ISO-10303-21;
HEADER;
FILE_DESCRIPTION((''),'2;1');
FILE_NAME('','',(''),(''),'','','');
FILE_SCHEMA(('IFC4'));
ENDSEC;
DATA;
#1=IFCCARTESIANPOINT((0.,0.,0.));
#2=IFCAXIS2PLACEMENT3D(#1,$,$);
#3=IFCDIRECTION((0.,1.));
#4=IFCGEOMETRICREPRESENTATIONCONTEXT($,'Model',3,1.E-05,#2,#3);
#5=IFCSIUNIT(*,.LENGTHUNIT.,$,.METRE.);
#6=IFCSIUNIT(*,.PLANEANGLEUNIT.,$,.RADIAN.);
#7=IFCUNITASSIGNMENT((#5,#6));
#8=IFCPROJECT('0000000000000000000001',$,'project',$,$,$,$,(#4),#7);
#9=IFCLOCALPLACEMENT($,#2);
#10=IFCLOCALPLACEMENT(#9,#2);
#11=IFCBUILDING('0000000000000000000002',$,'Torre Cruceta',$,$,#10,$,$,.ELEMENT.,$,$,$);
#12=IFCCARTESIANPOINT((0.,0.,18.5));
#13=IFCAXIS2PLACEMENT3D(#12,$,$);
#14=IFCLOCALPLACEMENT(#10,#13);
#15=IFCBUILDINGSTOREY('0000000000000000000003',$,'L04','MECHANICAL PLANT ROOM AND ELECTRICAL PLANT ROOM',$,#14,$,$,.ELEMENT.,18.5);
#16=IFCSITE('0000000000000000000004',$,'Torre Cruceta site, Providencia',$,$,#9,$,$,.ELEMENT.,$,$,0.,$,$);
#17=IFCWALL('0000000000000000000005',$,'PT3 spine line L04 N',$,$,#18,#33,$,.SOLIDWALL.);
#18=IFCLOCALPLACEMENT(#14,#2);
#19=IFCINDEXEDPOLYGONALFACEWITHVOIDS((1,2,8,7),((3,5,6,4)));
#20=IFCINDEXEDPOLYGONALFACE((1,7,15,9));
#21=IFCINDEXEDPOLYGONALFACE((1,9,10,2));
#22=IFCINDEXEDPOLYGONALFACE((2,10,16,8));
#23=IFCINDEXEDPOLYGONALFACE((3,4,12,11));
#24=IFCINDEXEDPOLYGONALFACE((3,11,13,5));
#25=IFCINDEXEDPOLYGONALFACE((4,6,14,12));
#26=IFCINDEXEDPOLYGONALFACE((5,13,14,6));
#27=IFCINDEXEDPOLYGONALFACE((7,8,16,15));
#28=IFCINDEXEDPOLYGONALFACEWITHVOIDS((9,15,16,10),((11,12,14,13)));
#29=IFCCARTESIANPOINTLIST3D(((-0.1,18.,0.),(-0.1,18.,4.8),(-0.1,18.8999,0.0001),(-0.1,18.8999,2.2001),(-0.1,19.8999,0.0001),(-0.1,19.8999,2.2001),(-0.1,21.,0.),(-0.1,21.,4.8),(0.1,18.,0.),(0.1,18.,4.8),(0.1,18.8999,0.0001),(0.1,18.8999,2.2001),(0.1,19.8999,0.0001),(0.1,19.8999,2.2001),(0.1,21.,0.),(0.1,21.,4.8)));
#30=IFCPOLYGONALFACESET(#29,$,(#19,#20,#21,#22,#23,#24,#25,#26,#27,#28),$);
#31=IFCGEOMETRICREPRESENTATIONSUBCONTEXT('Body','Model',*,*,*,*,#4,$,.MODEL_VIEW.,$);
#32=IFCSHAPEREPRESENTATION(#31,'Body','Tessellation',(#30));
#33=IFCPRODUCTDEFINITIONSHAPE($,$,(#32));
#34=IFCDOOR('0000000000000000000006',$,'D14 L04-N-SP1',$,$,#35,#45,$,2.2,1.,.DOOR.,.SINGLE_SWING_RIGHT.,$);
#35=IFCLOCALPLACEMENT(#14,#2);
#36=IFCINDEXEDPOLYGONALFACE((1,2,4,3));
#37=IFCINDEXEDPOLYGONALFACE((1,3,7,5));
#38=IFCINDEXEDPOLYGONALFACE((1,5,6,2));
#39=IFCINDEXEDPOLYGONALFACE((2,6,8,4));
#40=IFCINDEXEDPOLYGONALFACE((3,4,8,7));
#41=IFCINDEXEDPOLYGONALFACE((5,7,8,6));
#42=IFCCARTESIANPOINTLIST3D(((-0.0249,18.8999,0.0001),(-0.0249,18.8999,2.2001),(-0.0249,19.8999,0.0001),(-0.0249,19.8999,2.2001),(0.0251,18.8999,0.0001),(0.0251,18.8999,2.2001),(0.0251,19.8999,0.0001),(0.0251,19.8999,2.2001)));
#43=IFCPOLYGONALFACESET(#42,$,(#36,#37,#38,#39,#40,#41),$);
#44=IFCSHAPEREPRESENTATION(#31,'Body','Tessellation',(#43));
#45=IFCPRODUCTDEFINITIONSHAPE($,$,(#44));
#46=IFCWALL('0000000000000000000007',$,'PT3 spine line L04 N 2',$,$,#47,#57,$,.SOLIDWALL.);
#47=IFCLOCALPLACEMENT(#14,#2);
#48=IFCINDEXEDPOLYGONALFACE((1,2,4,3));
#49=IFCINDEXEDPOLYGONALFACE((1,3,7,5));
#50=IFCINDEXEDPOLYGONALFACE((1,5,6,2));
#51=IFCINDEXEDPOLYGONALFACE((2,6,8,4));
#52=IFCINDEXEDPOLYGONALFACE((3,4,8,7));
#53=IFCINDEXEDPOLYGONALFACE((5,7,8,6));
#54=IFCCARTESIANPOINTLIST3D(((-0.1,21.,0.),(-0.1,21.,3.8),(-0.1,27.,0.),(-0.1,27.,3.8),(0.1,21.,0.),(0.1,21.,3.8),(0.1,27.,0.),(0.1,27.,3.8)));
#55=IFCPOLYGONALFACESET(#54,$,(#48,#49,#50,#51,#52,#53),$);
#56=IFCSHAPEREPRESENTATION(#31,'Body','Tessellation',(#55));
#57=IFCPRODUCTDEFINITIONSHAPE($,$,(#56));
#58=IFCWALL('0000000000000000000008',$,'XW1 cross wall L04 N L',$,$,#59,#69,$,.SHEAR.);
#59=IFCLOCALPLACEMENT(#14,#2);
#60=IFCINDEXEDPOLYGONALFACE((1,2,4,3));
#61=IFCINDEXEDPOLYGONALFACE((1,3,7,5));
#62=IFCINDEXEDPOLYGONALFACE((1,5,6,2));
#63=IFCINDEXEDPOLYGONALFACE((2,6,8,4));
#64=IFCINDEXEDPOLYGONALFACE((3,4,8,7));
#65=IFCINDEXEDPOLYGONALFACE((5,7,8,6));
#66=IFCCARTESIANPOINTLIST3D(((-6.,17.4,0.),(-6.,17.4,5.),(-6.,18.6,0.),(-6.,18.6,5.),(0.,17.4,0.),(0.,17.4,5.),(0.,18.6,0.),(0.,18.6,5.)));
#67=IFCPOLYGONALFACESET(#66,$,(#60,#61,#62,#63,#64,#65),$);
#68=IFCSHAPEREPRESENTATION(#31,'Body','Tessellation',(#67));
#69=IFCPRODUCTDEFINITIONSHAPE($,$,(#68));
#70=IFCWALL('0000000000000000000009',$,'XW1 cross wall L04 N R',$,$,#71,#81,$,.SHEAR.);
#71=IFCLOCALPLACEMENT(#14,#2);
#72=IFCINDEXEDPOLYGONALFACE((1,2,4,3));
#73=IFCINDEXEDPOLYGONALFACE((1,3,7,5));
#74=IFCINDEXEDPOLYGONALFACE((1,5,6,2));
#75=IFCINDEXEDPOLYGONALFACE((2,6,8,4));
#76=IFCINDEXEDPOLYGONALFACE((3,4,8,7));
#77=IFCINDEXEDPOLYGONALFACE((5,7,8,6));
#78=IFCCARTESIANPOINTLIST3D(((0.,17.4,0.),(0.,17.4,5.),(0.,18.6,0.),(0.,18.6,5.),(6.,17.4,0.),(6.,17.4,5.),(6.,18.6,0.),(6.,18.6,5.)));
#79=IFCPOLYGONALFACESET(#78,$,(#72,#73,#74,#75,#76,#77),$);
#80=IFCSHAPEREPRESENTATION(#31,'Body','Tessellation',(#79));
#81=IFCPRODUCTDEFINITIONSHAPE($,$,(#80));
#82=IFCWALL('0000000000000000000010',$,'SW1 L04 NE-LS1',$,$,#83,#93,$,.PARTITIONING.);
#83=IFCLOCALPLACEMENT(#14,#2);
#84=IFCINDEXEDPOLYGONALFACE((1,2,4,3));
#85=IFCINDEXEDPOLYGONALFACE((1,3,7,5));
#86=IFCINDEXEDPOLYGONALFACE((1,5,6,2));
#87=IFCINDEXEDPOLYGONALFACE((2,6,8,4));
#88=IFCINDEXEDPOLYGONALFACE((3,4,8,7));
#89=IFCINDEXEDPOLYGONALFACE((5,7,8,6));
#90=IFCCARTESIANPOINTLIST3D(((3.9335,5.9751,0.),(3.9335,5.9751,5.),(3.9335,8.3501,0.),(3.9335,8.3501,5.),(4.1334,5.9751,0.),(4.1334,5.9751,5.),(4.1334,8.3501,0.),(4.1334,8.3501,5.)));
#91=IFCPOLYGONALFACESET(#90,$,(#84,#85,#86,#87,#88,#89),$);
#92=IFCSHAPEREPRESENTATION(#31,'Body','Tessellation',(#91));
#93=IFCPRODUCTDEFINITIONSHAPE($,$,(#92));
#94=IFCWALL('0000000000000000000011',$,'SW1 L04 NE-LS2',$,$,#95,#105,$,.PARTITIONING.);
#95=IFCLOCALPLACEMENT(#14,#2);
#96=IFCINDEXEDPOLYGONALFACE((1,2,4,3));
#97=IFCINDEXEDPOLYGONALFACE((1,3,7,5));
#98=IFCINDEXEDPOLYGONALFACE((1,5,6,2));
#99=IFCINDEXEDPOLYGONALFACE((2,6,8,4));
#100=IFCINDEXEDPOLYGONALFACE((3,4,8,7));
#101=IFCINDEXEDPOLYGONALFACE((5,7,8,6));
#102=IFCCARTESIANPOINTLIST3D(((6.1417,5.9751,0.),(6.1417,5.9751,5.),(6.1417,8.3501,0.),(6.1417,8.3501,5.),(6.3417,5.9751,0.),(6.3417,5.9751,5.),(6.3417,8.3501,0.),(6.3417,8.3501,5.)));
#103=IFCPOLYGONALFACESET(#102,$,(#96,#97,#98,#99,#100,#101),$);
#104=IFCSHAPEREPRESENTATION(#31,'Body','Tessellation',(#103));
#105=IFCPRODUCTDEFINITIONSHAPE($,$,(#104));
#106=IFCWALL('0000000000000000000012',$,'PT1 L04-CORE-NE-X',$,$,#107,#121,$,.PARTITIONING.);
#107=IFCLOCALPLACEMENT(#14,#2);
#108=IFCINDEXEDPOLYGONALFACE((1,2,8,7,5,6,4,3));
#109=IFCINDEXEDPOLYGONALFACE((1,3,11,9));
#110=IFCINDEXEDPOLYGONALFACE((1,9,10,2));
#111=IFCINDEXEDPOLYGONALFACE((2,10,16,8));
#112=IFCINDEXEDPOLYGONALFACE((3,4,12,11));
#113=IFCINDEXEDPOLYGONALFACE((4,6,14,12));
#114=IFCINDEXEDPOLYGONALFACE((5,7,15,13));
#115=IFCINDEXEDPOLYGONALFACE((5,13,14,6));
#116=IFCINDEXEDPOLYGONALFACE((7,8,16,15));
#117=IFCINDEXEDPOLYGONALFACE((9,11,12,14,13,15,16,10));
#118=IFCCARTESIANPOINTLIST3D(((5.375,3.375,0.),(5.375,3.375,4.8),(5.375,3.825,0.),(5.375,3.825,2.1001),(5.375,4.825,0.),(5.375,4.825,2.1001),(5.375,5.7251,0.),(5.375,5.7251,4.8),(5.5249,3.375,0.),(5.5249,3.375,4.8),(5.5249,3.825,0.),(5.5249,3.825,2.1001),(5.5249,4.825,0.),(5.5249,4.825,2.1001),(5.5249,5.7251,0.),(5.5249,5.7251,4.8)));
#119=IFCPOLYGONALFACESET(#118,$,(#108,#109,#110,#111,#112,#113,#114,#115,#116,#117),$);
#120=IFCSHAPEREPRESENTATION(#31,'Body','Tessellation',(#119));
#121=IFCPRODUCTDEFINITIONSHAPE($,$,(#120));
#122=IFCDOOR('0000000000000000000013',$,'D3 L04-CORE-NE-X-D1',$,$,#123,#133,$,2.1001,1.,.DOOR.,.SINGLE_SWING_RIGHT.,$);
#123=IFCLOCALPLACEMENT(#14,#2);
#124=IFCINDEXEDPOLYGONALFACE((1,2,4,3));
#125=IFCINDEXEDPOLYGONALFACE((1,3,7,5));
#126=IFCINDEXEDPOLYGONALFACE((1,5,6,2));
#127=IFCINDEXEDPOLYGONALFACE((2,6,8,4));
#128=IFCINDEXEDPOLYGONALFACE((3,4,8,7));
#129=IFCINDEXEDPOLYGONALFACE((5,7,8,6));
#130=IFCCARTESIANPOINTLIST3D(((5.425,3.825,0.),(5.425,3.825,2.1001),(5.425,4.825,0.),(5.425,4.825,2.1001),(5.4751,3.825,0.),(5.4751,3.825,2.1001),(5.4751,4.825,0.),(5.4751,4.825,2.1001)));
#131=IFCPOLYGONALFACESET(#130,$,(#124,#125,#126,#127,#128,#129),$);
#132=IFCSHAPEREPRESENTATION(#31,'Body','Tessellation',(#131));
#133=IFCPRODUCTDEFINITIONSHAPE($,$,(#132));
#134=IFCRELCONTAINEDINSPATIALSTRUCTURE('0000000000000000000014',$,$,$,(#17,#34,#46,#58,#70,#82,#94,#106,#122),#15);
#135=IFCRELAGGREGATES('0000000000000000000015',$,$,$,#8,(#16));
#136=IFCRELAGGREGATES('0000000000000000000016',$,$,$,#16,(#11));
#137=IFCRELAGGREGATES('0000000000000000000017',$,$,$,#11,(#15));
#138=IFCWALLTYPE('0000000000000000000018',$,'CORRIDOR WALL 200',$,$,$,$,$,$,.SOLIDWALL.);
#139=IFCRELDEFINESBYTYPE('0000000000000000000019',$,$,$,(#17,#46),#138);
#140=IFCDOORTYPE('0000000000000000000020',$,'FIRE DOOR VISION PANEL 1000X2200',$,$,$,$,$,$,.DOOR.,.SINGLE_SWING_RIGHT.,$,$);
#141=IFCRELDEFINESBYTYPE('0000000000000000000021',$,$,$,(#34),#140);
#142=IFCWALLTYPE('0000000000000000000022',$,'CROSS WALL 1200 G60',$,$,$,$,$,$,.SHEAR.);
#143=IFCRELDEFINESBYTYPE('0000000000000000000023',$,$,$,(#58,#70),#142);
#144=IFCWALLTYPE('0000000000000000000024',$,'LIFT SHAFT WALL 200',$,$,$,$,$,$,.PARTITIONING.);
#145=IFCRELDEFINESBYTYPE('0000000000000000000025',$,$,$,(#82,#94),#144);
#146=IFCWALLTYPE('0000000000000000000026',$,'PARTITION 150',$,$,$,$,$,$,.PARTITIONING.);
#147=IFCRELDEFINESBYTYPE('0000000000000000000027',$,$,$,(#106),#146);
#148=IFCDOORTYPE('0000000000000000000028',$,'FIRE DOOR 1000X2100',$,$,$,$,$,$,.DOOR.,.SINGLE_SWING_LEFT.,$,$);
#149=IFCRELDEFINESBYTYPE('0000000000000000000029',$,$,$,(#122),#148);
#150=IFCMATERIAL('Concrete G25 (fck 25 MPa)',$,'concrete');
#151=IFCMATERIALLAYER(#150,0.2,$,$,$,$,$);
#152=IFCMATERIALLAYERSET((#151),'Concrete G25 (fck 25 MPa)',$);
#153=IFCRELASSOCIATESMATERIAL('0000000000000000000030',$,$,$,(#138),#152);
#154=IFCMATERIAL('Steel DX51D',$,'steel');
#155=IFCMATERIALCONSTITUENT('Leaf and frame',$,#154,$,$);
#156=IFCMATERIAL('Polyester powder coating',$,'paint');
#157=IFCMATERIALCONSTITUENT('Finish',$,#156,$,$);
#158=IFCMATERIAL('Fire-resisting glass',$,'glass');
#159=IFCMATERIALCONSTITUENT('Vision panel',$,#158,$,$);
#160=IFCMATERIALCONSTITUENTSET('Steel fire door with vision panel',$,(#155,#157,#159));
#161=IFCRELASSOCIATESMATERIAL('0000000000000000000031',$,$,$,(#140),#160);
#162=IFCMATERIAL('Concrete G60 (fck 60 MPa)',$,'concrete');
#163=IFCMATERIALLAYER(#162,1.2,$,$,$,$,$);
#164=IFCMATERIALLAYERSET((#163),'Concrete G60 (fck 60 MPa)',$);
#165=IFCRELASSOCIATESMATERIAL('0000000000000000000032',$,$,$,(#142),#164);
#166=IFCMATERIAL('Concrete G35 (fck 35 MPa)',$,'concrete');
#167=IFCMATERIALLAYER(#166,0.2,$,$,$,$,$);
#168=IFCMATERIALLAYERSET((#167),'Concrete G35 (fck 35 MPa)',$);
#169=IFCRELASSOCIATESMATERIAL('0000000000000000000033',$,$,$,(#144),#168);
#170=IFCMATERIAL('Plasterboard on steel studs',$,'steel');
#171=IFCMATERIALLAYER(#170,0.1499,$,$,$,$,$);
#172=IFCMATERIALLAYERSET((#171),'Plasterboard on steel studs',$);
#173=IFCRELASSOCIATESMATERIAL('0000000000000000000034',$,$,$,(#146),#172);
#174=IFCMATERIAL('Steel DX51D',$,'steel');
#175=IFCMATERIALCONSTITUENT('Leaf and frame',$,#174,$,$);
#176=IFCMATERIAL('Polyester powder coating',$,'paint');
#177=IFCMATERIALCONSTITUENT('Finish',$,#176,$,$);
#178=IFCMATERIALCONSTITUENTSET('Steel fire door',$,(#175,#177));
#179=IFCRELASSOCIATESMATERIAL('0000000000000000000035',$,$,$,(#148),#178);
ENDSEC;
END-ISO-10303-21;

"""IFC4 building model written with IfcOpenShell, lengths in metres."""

from ifc_helpers import new_model, si_unit, direction, frame, frame_2d, origin, place, context, subcontext, project, spatial, rectangle, extrude, material, layer, layer_set, constituent, constituent_set, type_object, element, fill, save


model = new_model("IFC4")

# Units and contexts
model_context = context("Model", 3, precision=1e-05, world=origin(), true_north=direction((0.0, 1.0)))
body_context = subcontext(model_context, "Body", "Model", "MODEL_VIEW")
ifc_project = project(units=[si_unit("LENGTHUNIT", "METRE"), si_unit("PLANEANGLEUNIT", "RADIAN")], contexts=[model_context])

# Site, building, storey
site_placement = place(None, origin())
site = spatial("IfcSite", under=ifc_project, at=site_placement, Name="Torre Cruceta site, Providencia", CompositionType="ELEMENT", RefElevation=0.0)
building_placement = place(site_placement, origin())
building = spatial("IfcBuilding", under=site, at=building_placement, Name="Torre Cruceta", CompositionType="ELEMENT")
storey_placement = place(building_placement, frame((0.0, 0.0, 18.5)))
storey = spatial("IfcBuildingStorey", under=building, at=storey_placement, Name="L04", Description="MECHANICAL PLANT ROOM AND ELECTRICAL PLANT ROOM", CompositionType="ELEMENT", Elevation=18.5)

# Wall, opening, door
ifc_material_1 = material(Name="Concrete G25 (fck 25 MPa)", Category="concrete")
ifc_layer_1 = layer(ifc_material_1, 0.2)
ifc_layer_set_1 = layer_set([ifc_layer_1], Name="Concrete G25 (fck 25 MPa)")
wall_type_1 = type_object("IfcWallType", Name="CORRIDOR WALL 200", PredefinedType="SOLIDWALL", material=ifc_layer_set_1)
wall_1_placement = place(storey_placement, frame((0.0, 18.0, 0.0), z_axis=(0.0, 0.0, 1.0), x_axis=(0.0, 1.0, 0.0)))
wall_1 = element("IfcWall", 1, at=wall_1_placement, inside=storey, type_object=wall_type_1, Name="PT3 spine line L04 N", PredefinedType="SOLIDWALL", context=body_context, shape_type="SweptSolid", body=[
    extrude(rectangle(XDim=3.0, YDim=0.2, at=frame_2d((1.5, 0.0))), origin(), (0.0, 0.0, 1.0), 4.8),
])
opening_1_placement = place(wall_1_placement, frame((0.8999, 0.0, 0.0)))
opening_1 = element("IfcOpeningElement", 2, at=opening_1_placement, cuts=wall_1, PredefinedType="OPENING", context=body_context, shape_type="SweptSolid", body=[
    extrude(rectangle(XDim=1.0, YDim=2.2, at=frame_2d((0.5, 1.1001))), frame((0.0, 0.1099, 0.0), z_axis=(0.0, -1.0, 0.0), x_axis=(1.0, 0.0, 0.0)), (0.0, 0.0, 1.0), 0.22),
])
ifc_material_2 = material(Name="Steel DX51D", Category="steel")
ifc_constituent_1 = constituent(ifc_material_2, Name="Leaf and frame")
ifc_material_3 = material(Name="Polyester powder coating", Category="paint")
ifc_constituent_2 = constituent(ifc_material_3, Name="Finish")
ifc_material_4 = material(Name="Fire-resisting glass", Category="glass")
ifc_constituent_3 = constituent(ifc_material_4, Name="Vision panel")
ifc_constituent_set_1 = constituent_set(constituents=[ifc_constituent_1, ifc_constituent_2, ifc_constituent_3], Name="Steel fire door with vision panel")
door_type_1 = type_object("IfcDoorType", Name="FIRE DOOR VISION PANEL 1000X2200", OperationType="SINGLE_SWING_RIGHT", PredefinedType="DOOR", material=ifc_constituent_set_1)
door_1_placement = place(opening_1_placement, frame((1.0, 0.0, 0.0), z_axis=(0.0, 0.0, 1.0), x_axis=(-1.0, 0.0, 0.0)))
door_1 = element("IfcDoor", 3, at=door_1_placement, inside=storey, type_object=door_type_1, Name="D14 L04-N-SP1", OperationType="SINGLE_SWING_RIGHT", OverallHeight=2.2, OverallWidth=1.0, PredefinedType="DOOR", context=body_context, shape_type="SweptSolid", body=[
    extrude(rectangle(XDim=1.0, YDim=2.2, at=frame_2d((0.5, 1.1001))), frame((0.0, 0.0251, 0.0), z_axis=(0.0, -1.0, 0.0), x_axis=(1.0, 0.0, 0.0)), (0.0, 0.0, 1.0), 0.05),
])
fill(opening_1, door_1)

# Walls
wall_2_placement = place(storey_placement, frame((0.0, 21.0, 0.0), z_axis=(0.0, 0.0, 1.0), x_axis=(0.0, 1.0, 0.0)))
element("IfcWall", 4, at=wall_2_placement, inside=storey, type_object=wall_type_1, Name="PT3 spine line L04 N 2", PredefinedType="SOLIDWALL", context=body_context, shape_type="SweptSolid", body=[
    extrude(rectangle(XDim=6.0, YDim=0.2, at=frame_2d((3.0, 0.0))), origin(), (0.0, 0.0, 1.0), 3.8),
])
ifc_material_5 = material(Name="Concrete G60 (fck 60 MPa)", Category="concrete")
ifc_layer_2 = layer(ifc_material_5, 1.2)
ifc_layer_set_2 = layer_set([ifc_layer_2], Name="Concrete G60 (fck 60 MPa)")
wall_type_2 = type_object("IfcWallType", Name="CROSS WALL 1200 G60", PredefinedType="SHEAR", material=ifc_layer_set_2)
for number, where, z_axis, x_axis, name in (
    (5, (0.0, 18.0, 0.0), (0.0, 0.0, 1.0), (-1.0, 0.0, 0.0), "XW1 cross wall L04 N L"),
    (6, (0.0, 18.0, 0.0), (0.0, 0.0, 1.0), (1.0, 0.0, 0.0), "XW1 cross wall L04 N R"),
):
    element("IfcWall", number, at=place(storey_placement, frame(where, z_axis=z_axis, x_axis=x_axis)), inside=storey, type_object=wall_type_2, Name=name, PredefinedType="SHEAR", context=body_context, shape_type="SweptSolid", body=[
        extrude(rectangle(XDim=6.0, YDim=1.2, at=frame_2d((3.0, 0.0))), origin(), (0.0, 0.0, 1.0), 5.0),
    ])
ifc_material_6 = material(Name="Concrete G35 (fck 35 MPa)", Category="concrete")
ifc_layer_3 = layer(ifc_material_6, 0.2)
ifc_layer_set_3 = layer_set([ifc_layer_3], Name="Concrete G35 (fck 35 MPa)")
wall_type_3 = type_object("IfcWallType", Name="LIFT SHAFT WALL 200", PredefinedType="PARTITIONING", material=ifc_layer_set_3)
for number, where, z_axis, x_axis, name in (
    (7, (4.0334, 5.9751, 0.0), (0.0, 0.0, 1.0), (0.0, 1.0, 0.0), "SW1 L04 NE-LS1"),
    (8, (6.2417, 5.9751, 0.0), (0.0, 0.0, 1.0), (0.0, 1.0, 0.0), "SW1 L04 NE-LS2"),
):
    element("IfcWall", number, at=place(storey_placement, frame(where, z_axis=z_axis, x_axis=x_axis)), inside=storey, type_object=wall_type_3, Name=name, PredefinedType="PARTITIONING", context=body_context, shape_type="SweptSolid", body=[
        extrude(rectangle(XDim=2.375, YDim=0.2, at=frame_2d((1.1875, 0.0))), origin(), (0.0, 0.0, 1.0), 5.0),
    ])

# Wall, opening, door
ifc_material_7 = material(Name="Plasterboard on steel studs", Category="steel")
ifc_layer_4 = layer(ifc_material_7, 0.1499)
ifc_layer_set_4 = layer_set([ifc_layer_4], Name="Plasterboard on steel studs")
wall_type_4 = type_object("IfcWallType", Name="PARTITION 150", PredefinedType="PARTITIONING", material=ifc_layer_set_4)
wall_3_placement = place(storey_placement, frame((5.45, 3.375, 0.0), z_axis=(0.0, 0.0, 1.0), x_axis=(0.0, 1.0, 0.0)))
wall_3 = element("IfcWall", 9, at=wall_3_placement, inside=storey, type_object=wall_type_4, Name="PT1 L04-CORE-NE-X", PredefinedType="PARTITIONING", context=body_context, shape_type="SweptSolid", body=[
    extrude(rectangle(XDim=2.3501, YDim=0.1499, at=frame_2d((1.175, 0.0))), origin(), (0.0, 0.0, 1.0), 4.8),
])
opening_2_placement = place(wall_3_placement, frame((0.45, 0.0, 0.0)))
opening_2 = element("IfcOpeningElement", 10, at=opening_2_placement, cuts=wall_3, PredefinedType="OPENING", context=body_context, shape_type="SweptSolid", body=[
    extrude(rectangle(XDim=1.0, YDim=2.1001, at=frame_2d((0.5, 1.05))), frame((0.0, 0.085, 0.0), z_axis=(0.0, -1.0, 0.0), x_axis=(1.0, 0.0, 0.0)), (0.0, 0.0, 1.0), 0.1699),
])
ifc_material_8 = material(Name="Steel DX51D", Category="steel")
ifc_constituent_4 = constituent(ifc_material_8, Name="Leaf and frame")
ifc_material_9 = material(Name="Polyester powder coating", Category="paint")
ifc_constituent_5 = constituent(ifc_material_9, Name="Finish")
ifc_constituent_set_2 = constituent_set(constituents=[ifc_constituent_4, ifc_constituent_5], Name="Steel fire door")
door_type_2 = type_object("IfcDoorType", Name="FIRE DOOR 1000X2100", OperationType="SINGLE_SWING_LEFT", PredefinedType="DOOR", material=ifc_constituent_set_2)
door_2_placement = place(opening_2_placement, frame((1.0, 0.0, 0.0), z_axis=(0.0, 0.0, 1.0), x_axis=(-1.0, 0.0, 0.0)))
door_2 = element("IfcDoor", 11, at=door_2_placement, inside=storey, type_object=door_type_2, Name="D3 L04-CORE-NE-X-D1", OperationType="SINGLE_SWING_RIGHT", OverallHeight=2.1001, OverallWidth=1.0, PredefinedType="DOOR", context=body_context, shape_type="SweptSolid", body=[
    extrude(rectangle(XDim=1.0, YDim=2.1001, at=frame_2d((0.5, 1.05))), frame((0.0, 0.0251, 0.0), z_axis=(0.0, -1.0, 0.0), x_axis=(1.0, 0.0, 0.0)), (0.0, 0.0, 1.0), 0.05),
])
fill(opening_2, door_2)

save(model, "model.ifc")
